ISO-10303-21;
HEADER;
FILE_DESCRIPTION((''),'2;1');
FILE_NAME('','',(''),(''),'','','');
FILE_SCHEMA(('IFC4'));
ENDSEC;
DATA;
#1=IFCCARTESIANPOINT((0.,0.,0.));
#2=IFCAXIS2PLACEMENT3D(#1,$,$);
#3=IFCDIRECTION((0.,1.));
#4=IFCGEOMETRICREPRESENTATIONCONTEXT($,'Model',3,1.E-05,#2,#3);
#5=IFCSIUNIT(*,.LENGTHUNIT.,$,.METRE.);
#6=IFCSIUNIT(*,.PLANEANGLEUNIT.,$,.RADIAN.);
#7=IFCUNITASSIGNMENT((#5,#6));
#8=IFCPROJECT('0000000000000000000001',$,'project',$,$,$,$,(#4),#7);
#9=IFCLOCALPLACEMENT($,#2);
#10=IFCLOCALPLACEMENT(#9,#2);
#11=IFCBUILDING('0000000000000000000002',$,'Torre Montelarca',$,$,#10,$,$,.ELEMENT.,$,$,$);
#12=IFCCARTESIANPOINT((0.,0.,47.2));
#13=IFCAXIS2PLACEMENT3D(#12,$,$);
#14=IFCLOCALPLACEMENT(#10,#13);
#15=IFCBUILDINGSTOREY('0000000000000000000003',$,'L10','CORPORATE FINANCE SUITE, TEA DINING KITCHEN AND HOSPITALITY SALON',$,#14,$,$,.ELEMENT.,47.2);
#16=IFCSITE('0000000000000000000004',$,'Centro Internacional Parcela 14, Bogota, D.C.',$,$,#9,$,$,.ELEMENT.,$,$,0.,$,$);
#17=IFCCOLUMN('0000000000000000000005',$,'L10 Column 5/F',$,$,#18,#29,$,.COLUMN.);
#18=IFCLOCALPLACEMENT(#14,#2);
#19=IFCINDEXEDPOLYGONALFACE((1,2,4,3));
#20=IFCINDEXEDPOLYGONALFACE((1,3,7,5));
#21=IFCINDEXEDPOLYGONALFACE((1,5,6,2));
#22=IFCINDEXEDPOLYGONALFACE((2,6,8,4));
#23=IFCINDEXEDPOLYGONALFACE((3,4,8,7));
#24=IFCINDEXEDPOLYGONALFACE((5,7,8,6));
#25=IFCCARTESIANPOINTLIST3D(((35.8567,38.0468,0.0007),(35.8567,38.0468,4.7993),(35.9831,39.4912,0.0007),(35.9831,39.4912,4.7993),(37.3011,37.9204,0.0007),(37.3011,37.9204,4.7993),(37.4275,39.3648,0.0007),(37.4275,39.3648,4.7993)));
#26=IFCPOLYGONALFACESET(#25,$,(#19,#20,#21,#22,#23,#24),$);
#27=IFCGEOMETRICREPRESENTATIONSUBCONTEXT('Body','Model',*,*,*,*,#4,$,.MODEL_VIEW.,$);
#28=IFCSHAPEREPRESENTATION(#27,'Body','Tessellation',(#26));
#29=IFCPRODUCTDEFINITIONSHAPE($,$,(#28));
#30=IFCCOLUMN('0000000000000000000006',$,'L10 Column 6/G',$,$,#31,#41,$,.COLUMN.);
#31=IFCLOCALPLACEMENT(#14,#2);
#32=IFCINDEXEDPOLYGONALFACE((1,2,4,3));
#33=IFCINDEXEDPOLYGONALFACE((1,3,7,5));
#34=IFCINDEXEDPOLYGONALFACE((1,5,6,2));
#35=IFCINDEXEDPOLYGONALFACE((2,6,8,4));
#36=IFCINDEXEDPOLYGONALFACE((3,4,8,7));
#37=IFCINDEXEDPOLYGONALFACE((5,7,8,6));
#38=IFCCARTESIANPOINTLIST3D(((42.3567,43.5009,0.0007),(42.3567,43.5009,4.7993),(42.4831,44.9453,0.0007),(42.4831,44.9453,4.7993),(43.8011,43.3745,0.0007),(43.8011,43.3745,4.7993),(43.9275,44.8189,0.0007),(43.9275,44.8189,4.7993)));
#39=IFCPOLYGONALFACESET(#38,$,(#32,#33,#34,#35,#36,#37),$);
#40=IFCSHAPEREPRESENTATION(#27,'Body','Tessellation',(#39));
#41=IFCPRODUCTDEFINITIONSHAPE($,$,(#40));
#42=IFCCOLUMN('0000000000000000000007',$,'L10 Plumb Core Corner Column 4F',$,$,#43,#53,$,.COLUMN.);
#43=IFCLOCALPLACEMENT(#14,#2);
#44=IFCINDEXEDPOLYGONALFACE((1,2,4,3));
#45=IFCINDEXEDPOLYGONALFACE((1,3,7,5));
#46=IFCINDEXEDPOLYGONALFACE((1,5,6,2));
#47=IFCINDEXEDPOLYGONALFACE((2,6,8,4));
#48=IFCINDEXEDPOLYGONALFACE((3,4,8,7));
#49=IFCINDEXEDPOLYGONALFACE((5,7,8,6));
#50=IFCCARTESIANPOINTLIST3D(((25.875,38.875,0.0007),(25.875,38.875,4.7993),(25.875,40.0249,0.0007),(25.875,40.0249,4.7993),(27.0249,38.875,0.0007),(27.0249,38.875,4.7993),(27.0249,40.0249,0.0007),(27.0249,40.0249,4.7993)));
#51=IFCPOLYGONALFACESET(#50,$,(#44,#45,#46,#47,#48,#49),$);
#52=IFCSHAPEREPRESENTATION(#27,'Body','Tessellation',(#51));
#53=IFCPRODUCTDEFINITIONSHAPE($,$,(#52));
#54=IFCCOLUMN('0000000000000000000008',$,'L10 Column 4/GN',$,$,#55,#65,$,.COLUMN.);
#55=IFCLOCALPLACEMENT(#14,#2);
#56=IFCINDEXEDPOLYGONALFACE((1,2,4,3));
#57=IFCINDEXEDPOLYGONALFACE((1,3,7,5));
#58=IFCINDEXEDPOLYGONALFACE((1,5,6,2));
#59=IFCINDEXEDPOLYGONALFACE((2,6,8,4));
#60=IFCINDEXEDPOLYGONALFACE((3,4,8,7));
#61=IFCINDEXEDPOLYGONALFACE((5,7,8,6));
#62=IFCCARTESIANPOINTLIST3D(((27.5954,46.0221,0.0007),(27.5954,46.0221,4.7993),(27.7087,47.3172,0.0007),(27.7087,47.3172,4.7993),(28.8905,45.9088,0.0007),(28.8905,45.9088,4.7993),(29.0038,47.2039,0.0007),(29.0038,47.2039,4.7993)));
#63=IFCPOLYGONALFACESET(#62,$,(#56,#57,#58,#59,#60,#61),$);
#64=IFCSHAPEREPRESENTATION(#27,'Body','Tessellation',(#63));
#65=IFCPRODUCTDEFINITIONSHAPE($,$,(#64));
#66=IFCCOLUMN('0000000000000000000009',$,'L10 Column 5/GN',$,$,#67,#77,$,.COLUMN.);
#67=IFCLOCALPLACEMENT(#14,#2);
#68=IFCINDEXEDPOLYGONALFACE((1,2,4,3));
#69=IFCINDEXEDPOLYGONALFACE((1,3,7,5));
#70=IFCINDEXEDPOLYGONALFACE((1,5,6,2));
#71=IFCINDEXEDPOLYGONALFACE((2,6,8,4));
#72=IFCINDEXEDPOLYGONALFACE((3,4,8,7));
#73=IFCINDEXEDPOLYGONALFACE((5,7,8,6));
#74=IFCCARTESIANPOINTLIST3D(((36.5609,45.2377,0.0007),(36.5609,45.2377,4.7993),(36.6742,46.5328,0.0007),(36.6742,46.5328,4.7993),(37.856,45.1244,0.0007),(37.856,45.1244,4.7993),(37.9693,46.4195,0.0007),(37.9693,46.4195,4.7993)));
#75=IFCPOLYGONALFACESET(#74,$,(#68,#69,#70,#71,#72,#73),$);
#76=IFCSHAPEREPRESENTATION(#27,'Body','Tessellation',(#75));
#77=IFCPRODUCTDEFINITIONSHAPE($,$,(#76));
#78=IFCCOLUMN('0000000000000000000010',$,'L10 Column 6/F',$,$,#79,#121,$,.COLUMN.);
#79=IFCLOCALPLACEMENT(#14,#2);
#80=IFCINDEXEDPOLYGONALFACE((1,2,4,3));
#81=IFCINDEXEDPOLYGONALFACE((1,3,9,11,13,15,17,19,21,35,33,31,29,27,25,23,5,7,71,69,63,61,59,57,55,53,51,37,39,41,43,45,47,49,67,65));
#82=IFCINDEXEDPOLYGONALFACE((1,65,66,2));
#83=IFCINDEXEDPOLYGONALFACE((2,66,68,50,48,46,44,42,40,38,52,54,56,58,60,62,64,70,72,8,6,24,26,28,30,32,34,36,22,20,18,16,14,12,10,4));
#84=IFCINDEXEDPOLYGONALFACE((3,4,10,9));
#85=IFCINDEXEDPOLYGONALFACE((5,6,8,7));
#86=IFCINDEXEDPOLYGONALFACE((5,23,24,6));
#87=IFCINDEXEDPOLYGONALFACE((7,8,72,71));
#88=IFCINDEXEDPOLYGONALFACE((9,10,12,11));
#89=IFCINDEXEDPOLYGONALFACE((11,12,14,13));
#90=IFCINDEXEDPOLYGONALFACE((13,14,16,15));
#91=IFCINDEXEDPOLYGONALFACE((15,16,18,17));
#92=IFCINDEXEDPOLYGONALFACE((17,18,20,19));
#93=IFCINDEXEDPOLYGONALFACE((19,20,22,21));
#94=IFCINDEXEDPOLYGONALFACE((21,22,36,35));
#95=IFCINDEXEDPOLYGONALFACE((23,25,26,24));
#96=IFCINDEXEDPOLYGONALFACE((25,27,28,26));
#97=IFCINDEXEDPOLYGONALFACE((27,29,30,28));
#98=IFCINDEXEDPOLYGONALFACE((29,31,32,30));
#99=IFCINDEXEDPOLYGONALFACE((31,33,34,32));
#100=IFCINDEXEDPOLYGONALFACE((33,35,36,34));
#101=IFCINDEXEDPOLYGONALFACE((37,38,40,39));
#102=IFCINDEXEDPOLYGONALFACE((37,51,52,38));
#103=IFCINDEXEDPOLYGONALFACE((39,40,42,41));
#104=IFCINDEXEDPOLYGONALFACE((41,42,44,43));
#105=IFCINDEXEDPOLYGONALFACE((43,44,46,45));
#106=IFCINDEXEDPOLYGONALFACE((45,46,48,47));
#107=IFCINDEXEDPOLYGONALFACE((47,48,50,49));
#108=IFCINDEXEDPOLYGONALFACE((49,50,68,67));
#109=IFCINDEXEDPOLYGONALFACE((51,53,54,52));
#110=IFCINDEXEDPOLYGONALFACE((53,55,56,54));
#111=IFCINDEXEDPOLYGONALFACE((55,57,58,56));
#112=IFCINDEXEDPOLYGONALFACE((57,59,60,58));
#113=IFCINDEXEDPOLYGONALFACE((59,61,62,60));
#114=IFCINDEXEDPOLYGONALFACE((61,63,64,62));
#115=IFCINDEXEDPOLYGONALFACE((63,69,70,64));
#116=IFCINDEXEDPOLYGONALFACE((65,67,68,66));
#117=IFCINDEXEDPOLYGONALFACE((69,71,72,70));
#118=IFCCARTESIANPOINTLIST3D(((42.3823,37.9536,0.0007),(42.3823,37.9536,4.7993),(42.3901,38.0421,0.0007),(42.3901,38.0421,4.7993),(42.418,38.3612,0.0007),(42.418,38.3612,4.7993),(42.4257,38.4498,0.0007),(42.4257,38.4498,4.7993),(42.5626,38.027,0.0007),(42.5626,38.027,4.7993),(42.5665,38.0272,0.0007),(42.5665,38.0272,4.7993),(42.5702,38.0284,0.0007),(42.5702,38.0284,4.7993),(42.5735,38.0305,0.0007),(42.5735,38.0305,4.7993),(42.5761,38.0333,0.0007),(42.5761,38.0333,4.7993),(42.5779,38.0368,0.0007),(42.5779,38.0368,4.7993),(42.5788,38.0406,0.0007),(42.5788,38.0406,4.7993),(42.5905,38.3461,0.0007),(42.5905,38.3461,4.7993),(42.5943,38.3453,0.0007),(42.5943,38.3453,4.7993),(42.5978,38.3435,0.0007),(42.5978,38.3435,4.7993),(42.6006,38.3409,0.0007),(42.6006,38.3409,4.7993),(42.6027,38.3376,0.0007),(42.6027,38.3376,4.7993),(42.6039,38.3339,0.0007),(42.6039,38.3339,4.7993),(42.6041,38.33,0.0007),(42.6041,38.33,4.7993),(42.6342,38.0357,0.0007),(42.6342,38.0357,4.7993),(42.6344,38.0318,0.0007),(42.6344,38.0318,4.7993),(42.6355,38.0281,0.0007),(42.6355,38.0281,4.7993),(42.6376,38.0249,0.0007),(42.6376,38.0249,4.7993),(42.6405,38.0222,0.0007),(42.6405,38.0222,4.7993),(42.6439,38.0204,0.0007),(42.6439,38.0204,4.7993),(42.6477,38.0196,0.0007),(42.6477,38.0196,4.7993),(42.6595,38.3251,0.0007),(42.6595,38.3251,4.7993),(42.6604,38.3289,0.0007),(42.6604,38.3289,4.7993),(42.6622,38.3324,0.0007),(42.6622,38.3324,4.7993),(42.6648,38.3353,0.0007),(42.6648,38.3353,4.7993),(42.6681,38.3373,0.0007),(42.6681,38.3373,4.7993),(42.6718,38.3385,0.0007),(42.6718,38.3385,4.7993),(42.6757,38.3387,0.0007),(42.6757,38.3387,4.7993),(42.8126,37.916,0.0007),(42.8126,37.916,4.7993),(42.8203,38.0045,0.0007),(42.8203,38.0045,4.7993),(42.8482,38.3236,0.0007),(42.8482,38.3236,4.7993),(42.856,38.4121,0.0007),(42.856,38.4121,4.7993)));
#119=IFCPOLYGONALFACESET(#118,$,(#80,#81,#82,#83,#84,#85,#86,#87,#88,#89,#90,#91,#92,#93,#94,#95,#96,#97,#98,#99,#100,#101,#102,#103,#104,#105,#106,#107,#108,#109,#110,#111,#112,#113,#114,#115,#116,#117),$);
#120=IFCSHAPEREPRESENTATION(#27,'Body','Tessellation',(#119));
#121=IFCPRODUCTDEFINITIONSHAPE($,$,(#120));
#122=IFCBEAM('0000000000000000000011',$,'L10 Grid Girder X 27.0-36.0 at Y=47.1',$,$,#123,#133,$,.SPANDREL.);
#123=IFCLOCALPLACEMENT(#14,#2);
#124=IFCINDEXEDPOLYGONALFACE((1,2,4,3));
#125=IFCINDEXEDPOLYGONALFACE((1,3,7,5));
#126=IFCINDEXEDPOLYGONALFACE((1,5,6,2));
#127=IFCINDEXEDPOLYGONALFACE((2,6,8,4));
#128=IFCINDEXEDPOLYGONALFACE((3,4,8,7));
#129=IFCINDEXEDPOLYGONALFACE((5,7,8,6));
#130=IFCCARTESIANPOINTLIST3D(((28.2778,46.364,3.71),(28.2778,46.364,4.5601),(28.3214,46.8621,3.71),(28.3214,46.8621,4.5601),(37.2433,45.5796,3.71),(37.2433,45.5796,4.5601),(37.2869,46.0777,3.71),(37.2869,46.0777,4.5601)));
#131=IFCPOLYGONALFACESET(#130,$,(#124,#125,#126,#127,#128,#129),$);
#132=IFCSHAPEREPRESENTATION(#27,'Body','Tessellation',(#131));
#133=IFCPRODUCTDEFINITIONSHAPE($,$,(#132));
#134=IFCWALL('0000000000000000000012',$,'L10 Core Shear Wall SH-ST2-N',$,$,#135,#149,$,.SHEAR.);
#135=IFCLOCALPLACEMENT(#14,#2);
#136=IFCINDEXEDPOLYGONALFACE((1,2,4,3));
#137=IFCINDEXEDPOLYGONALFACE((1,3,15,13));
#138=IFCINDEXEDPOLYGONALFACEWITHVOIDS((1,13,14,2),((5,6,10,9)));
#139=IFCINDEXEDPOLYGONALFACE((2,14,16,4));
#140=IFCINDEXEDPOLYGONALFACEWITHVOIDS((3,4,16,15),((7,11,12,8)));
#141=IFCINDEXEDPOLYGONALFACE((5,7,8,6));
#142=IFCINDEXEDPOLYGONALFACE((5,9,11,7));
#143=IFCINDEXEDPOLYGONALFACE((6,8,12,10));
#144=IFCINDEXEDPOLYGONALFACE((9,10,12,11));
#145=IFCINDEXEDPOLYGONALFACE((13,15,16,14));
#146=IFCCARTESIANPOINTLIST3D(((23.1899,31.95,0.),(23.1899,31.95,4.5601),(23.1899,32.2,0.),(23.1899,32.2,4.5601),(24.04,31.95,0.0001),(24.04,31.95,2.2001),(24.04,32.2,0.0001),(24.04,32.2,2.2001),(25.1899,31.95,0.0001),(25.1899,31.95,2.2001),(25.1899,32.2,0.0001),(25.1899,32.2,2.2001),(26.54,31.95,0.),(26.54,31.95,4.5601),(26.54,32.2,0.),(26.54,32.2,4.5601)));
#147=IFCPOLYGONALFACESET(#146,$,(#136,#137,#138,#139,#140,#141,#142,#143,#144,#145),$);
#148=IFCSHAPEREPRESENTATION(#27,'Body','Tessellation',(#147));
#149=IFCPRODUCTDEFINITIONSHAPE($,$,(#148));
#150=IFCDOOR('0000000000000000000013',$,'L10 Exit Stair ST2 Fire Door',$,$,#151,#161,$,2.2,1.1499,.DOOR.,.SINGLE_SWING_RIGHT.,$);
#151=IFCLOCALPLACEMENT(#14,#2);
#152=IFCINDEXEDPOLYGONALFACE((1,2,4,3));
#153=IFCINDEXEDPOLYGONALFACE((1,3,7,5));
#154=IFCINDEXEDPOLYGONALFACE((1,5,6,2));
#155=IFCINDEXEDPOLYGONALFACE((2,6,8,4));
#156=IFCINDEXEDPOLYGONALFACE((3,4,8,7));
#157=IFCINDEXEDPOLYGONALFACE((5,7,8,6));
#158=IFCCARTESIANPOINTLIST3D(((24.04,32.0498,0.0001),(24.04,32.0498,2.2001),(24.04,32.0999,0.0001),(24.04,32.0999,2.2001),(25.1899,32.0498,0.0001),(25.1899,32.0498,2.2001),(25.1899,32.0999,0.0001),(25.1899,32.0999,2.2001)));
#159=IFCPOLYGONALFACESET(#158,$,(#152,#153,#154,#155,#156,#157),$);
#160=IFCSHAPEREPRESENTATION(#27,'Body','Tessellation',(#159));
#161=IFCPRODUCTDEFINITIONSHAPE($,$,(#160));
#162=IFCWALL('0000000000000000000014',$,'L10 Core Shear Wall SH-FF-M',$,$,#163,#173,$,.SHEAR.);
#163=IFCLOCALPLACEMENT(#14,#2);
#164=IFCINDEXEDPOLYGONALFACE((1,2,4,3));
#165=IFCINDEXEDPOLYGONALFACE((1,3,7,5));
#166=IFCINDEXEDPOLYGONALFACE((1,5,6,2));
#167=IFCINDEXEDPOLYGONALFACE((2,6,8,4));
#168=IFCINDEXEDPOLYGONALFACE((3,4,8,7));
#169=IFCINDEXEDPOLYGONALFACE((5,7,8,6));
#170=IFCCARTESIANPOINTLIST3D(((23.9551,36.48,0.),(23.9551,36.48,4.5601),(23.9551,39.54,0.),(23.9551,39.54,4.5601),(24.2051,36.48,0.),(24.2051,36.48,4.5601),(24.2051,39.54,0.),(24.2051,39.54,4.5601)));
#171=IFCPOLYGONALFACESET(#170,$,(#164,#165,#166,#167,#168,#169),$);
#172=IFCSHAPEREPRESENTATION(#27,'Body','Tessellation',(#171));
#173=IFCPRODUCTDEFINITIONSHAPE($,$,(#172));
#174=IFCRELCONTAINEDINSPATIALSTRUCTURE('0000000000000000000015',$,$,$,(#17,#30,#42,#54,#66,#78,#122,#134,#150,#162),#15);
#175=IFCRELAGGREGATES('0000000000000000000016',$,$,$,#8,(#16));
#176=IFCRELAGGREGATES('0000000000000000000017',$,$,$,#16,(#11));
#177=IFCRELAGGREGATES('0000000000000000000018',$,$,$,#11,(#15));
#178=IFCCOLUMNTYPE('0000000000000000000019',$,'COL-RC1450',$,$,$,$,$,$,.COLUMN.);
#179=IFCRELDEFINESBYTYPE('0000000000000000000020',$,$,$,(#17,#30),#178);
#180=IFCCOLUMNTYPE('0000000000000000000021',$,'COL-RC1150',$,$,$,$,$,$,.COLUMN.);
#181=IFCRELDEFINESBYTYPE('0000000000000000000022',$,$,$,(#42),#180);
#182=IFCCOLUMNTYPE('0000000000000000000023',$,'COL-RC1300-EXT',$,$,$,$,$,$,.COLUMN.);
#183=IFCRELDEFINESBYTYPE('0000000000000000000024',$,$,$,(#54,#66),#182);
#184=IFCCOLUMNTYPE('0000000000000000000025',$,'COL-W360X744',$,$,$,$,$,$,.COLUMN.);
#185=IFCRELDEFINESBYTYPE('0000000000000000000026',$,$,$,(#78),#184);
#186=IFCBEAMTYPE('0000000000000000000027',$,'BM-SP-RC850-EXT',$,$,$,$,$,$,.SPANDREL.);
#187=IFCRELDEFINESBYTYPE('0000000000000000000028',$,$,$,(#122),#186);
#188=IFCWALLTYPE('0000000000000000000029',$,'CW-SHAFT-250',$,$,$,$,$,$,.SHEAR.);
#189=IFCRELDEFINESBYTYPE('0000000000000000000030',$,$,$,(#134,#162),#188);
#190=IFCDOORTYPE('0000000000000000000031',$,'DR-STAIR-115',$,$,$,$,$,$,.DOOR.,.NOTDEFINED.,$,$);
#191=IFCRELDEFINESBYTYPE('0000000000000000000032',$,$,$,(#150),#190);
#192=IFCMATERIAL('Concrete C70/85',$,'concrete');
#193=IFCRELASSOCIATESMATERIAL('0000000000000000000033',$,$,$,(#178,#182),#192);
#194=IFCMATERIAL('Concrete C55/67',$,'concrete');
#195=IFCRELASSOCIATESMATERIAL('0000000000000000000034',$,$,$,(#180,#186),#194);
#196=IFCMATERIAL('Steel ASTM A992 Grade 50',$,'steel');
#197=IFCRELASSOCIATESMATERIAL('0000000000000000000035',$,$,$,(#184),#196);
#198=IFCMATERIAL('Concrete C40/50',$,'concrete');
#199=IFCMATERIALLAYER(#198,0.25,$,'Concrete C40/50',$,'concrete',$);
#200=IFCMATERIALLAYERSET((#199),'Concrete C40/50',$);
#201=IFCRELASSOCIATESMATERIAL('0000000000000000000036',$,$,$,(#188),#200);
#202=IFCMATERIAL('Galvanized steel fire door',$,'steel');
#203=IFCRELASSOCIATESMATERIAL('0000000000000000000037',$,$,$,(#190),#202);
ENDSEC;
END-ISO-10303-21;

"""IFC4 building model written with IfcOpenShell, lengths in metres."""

from ifc_helpers import new_model, si_unit, direction, frame, frame_2d, origin, origin_2d, place, context, subcontext, project, spatial, rectangle, i_section, extrude, source, transform, mapped, material, layer, layer_set, material_profile, profile_set, type_object, element, fill, save


model = new_model("IFC4")

# Units and contexts
model_context = context("Model", 3, precision=1e-05, world=origin(), true_north=direction((0.0, 1.0)))
body_context = subcontext(model_context, "Body", "Model", "MODEL_VIEW")
ifc_project = project(units=[si_unit("LENGTHUNIT", "METRE"), si_unit("PLANEANGLEUNIT", "RADIAN")], contexts=[model_context])

# Site, building, storey
site_placement = place(None, origin())
site = spatial("IfcSite", under=ifc_project, at=site_placement, Name="Centro Internacional Parcela 14, Bogota, D.C.", CompositionType="ELEMENT", RefElevation=0.0)
building_placement = place(site_placement, origin())
building = spatial("IfcBuilding", under=site, at=building_placement, Name="Torre Montelarca", CompositionType="ELEMENT")
storey_placement = place(building_placement, frame((0.0, 0.0, 47.2)))
storey = spatial("IfcBuildingStorey", under=building, at=storey_placement, Name="L10", Description="CORPORATE FINANCE SUITE, TEA DINING KITCHEN AND HOSPITALITY SALON", CompositionType="ELEMENT", Elevation=47.2)

# Columns
ifc_material_1 = material(Name="Concrete C70/85", Category="concrete")
ifc_material_profile_1 = material_profile(ifc_material_1, rectangle(XDim=1.45, YDim=1.45, at=origin_2d()), Name="RC1450X1450", Category="concrete")
ifc_profile_set_1 = profile_set([ifc_material_profile_1], Name="Concrete C70/85")
column_type_1 = type_object("IfcColumnType", Name="COL-RC1450", PredefinedType="COLUMN", material=ifc_profile_set_1)
shared_shape_1 = source(origin(), body_context, "Body", "SweptSolid", [
    extrude(rectangle(XDim=1.45, YDim=1.45, at=origin_2d()), origin(), (0.0, 0.0, 1.0), 4.7986),
])
for number, where, z_axis, x_axis, name in (
    (1, (36.6421, 38.7058, 0.0007), (0.0, 0.0, 1.0), (-0.996195, 0.087156, 0.0), "L10 Column 5/F"),
    (2, (43.1421, 44.1599, 0.0007), (0.0, 0.0, 1.0), (-0.996195, 0.087156, 0.0), "L10 Column 6/G"),
):
    element("IfcColumn", number, at=place(storey_placement, frame(where, z_axis=z_axis, x_axis=x_axis)), inside=storey, type_object=column_type_1, Name=name, PredefinedType="COLUMN", context=body_context, shape_type="MappedRepresentation", body=[
        mapped(shared_shape_1, transform((0.0, 0.0, 0.0), scale=1.0)),
    ])
ifc_material_2 = material(Name="Concrete C55/67", Category="concrete")
ifc_material_profile_2 = material_profile(ifc_material_2, rectangle(XDim=1.1499, YDim=1.1499, at=origin_2d()), Name="RC1150X1150", Category="concrete")
ifc_profile_set_2 = profile_set([ifc_material_profile_2], Name="Concrete C55/67")
column_type_2 = type_object("IfcColumnType", Name="COL-RC1150", PredefinedType="COLUMN", material=ifc_profile_set_2)
shared_shape_2 = source(origin(), body_context, "Body", "SweptSolid", [
    extrude(rectangle(XDim=1.1499, YDim=1.1499, at=origin_2d()), origin(), (0.0, 0.0, 1.0), 4.7986),
])
column_1_placement = place(storey_placement, frame((26.45, 39.45, 0.0007), z_axis=(0.0, 0.0, 1.0), x_axis=(1.0, 0.0, 0.0)))
element("IfcColumn", 3, at=column_1_placement, inside=storey, type_object=column_type_2, Name="L10 Plumb Core Corner Column 4F", PredefinedType="COLUMN", context=body_context, shape_type="MappedRepresentation", body=[
    mapped(shared_shape_2, transform((0.0, 0.0, 0.0), scale=1.0)),
])
ifc_material_profile_3 = material_profile(ifc_material_1, rectangle(XDim=1.3, YDim=1.3, at=origin_2d()), Name="RC1300X1300", Category="concrete")
ifc_profile_set_3 = profile_set([ifc_material_profile_3], Name="Concrete C70/85")
column_type_3 = type_object("IfcColumnType", Name="COL-RC1300-EXT", PredefinedType="COLUMN", material=ifc_profile_set_3)
shared_shape_3 = source(origin(), body_context, "Body", "SweptSolid", [
    extrude(rectangle(XDim=1.3, YDim=1.3, at=origin_2d()), origin(), (0.0, 0.0, 1.0), 4.7986),
])
for number, where, z_axis, x_axis, name in (
    (4, (28.2996, 46.613, 0.0007), (0.0, 0.0, 1.0), (-0.996195, 0.087156, 0.0), "L10 Column 4/GN"),
    (5, (37.2651, 45.8286, 0.0007), (0.0, 0.0, 1.0), (-0.996195, 0.087156, 0.0), "L10 Column 5/GN"),
):
    element("IfcColumn", number, at=place(storey_placement, frame(where, z_axis=z_axis, x_axis=x_axis)), inside=storey, type_object=column_type_3, Name=name, PredefinedType="COLUMN", context=body_context, shape_type="MappedRepresentation", body=[
        mapped(shared_shape_3, transform((0.0, 0.0, 0.0), scale=1.0)),
    ])
ifc_material_3 = material(Name="Steel ASTM A992 Grade 50", Category="steel")
ifc_material_profile_4 = material_profile(ifc_material_3, i_section(OverallWidth=0.4319, OverallDepth=0.498, WebThickness=0.0557, FlangeThickness=0.0889, FilletRadius=0.0149, at=origin_2d()), Name="W360X744", Category="steel")
ifc_profile_set_4 = profile_set([ifc_material_profile_4], Name="Steel ASTM A992 Grade 50")
column_type_4 = type_object("IfcColumnType", Name="COL-W360X744", PredefinedType="COLUMN", material=ifc_profile_set_4)
shared_shape_4 = source(origin(), body_context, "Body", "SweptSolid", [
    extrude(i_section(OverallWidth=0.4319, OverallDepth=0.498, WebThickness=0.0557, FlangeThickness=0.0889, FilletRadius=0.0149, at=origin_2d()), origin(), (0.0, 0.0, 1.0), 4.7986),
])
column_2_placement = place(storey_placement, frame((42.6191, 38.1829, 0.0007), z_axis=(0.0, 0.0, 1.0), x_axis=(-0.996195, 0.087156, 0.0)))
element("IfcColumn", 6, at=column_2_placement, inside=storey, type_object=column_type_4, Name="L10 Column 6/F", PredefinedType="COLUMN", context=body_context, shape_type="MappedRepresentation", body=[
    mapped(shared_shape_4, transform((0.0, 0.0, 0.0), scale=1.0)),
])

# Beam
ifc_material_profile_5 = material_profile(ifc_material_2, rectangle(XDim=0.5, YDim=0.8501, at=origin_2d()), Name="RCB500X850", Category="concrete")
ifc_profile_set_5 = profile_set([ifc_material_profile_5], Name="Concrete C55/67")
beam_type = type_object("IfcBeamType", Name="BM-SP-RC850-EXT", PredefinedType="SPANDREL", material=ifc_profile_set_5)
shared_shape_5 = source(origin(), body_context, "Body", "SweptSolid", [
    extrude(rectangle(XDim=0.5, YDim=0.8501, at=origin_2d()), origin(), (0.0, 0.0, 1.0), 8.9998),
])
beam_placement = place(storey_placement, frame((28.2996, 46.613, 4.135), z_axis=(0.996194, -0.08716, 0.0), x_axis=(0.08716, 0.996194, 0.0)))
element("IfcBeam", 7, at=beam_placement, inside=storey, type_object=beam_type, Name="L10 Grid Girder X 27.0-36.0 at Y=47.1", PredefinedType="SPANDREL", context=body_context, shape_type="MappedRepresentation", body=[
    mapped(shared_shape_5, transform((0.0, 0.0, 0.0), scale=1.0)),
])

# Wall, opening, door
ifc_material_4 = material(Name="Concrete C40/50", Category="concrete")
ifc_layer_1 = layer(ifc_material_4, 0.25, Name="Concrete C40/50", Category="concrete")
ifc_layer_set_1 = layer_set([ifc_layer_1], Name="Concrete C40/50")
wall_type_1 = type_object("IfcWallType", Name="CW-SHAFT-250", PredefinedType="SHEAR", material=ifc_layer_set_1)
wall_1_placement = place(storey_placement, frame((23.1899, 32.075, 0.0), z_axis=(0.0, 0.0, 1.0), x_axis=(1.0, 0.0, 0.0)))
wall_1 = element("IfcWall", 8, at=wall_1_placement, inside=storey, type_object=wall_type_1, Name="L10 Core Shear Wall SH-ST2-N", PredefinedType="SHEAR", context=body_context, shape_type="SweptSolid", body=[
    extrude(rectangle(XDim=3.3501, YDim=0.25, at=frame_2d((1.675, 0.0))), origin(), (0.0, 0.0, 1.0), 4.5601),
])
opening_1_placement = place(wall_1_placement, frame((0.8501, 0.0, 0.0)))
opening_1 = element("IfcOpeningElement", 9, at=opening_1_placement, cuts=wall_1, PredefinedType="OPENING", context=body_context, shape_type="SweptSolid", body=[
    extrude(rectangle(XDim=1.1499, YDim=2.2, at=frame_2d((0.575, 1.1001))), frame((0.0, 0.135, 0.0), z_axis=(0.0, -1.0, 0.0), x_axis=(1.0, 0.0, 0.0)), (0.0, 0.0, 1.0), 0.27),
])
ifc_material_5 = material(Name="Galvanized steel fire door", Category="steel")
door_type_1 = type_object("IfcDoorType", Name="DR-STAIR-115", OperationType="NOTDEFINED", PredefinedType="DOOR", material=ifc_material_5)
shared_shape_6 = source(origin(), body_context, "Body", "SweptSolid", [
    extrude(rectangle(XDim=1.1499, YDim=2.2, at=frame_2d((0.575, 1.1001))), frame((0.0, 0.0249, 0.0), z_axis=(0.0, -1.0, 0.0), x_axis=(1.0, 0.0, 0.0)), (0.0, 0.0, 1.0), 0.05),
])
door_1_placement = place(opening_1_placement, origin())
door_1 = element("IfcDoor", 10, at=door_1_placement, inside=storey, type_object=door_type_1, Name="L10 Exit Stair ST2 Fire Door", OperationType="SINGLE_SWING_RIGHT", OverallHeight=2.2, OverallWidth=1.1499, PredefinedType="DOOR", context=body_context, shape_type="MappedRepresentation", body=[
    mapped(shared_shape_6, transform((0.0, 0.0, 0.0), scale=1.0)),
])
fill(opening_1, door_1)

# Wall
wall_2_placement = place(storey_placement, frame((24.0801, 36.48, 0.0), z_axis=(0.0, 0.0, 1.0), x_axis=(0.0, 1.0, 0.0)))
element("IfcWall", 11, at=wall_2_placement, inside=storey, type_object=wall_type_1, Name="L10 Core Shear Wall SH-FF-M", PredefinedType="SHEAR", context=body_context, shape_type="SweptSolid", body=[
    extrude(rectangle(XDim=3.0601, YDim=0.25, at=frame_2d((1.53, 0.0))), origin(), (0.0, 0.0, 1.0), 4.5601),
])

save(model, "model.ifc")
